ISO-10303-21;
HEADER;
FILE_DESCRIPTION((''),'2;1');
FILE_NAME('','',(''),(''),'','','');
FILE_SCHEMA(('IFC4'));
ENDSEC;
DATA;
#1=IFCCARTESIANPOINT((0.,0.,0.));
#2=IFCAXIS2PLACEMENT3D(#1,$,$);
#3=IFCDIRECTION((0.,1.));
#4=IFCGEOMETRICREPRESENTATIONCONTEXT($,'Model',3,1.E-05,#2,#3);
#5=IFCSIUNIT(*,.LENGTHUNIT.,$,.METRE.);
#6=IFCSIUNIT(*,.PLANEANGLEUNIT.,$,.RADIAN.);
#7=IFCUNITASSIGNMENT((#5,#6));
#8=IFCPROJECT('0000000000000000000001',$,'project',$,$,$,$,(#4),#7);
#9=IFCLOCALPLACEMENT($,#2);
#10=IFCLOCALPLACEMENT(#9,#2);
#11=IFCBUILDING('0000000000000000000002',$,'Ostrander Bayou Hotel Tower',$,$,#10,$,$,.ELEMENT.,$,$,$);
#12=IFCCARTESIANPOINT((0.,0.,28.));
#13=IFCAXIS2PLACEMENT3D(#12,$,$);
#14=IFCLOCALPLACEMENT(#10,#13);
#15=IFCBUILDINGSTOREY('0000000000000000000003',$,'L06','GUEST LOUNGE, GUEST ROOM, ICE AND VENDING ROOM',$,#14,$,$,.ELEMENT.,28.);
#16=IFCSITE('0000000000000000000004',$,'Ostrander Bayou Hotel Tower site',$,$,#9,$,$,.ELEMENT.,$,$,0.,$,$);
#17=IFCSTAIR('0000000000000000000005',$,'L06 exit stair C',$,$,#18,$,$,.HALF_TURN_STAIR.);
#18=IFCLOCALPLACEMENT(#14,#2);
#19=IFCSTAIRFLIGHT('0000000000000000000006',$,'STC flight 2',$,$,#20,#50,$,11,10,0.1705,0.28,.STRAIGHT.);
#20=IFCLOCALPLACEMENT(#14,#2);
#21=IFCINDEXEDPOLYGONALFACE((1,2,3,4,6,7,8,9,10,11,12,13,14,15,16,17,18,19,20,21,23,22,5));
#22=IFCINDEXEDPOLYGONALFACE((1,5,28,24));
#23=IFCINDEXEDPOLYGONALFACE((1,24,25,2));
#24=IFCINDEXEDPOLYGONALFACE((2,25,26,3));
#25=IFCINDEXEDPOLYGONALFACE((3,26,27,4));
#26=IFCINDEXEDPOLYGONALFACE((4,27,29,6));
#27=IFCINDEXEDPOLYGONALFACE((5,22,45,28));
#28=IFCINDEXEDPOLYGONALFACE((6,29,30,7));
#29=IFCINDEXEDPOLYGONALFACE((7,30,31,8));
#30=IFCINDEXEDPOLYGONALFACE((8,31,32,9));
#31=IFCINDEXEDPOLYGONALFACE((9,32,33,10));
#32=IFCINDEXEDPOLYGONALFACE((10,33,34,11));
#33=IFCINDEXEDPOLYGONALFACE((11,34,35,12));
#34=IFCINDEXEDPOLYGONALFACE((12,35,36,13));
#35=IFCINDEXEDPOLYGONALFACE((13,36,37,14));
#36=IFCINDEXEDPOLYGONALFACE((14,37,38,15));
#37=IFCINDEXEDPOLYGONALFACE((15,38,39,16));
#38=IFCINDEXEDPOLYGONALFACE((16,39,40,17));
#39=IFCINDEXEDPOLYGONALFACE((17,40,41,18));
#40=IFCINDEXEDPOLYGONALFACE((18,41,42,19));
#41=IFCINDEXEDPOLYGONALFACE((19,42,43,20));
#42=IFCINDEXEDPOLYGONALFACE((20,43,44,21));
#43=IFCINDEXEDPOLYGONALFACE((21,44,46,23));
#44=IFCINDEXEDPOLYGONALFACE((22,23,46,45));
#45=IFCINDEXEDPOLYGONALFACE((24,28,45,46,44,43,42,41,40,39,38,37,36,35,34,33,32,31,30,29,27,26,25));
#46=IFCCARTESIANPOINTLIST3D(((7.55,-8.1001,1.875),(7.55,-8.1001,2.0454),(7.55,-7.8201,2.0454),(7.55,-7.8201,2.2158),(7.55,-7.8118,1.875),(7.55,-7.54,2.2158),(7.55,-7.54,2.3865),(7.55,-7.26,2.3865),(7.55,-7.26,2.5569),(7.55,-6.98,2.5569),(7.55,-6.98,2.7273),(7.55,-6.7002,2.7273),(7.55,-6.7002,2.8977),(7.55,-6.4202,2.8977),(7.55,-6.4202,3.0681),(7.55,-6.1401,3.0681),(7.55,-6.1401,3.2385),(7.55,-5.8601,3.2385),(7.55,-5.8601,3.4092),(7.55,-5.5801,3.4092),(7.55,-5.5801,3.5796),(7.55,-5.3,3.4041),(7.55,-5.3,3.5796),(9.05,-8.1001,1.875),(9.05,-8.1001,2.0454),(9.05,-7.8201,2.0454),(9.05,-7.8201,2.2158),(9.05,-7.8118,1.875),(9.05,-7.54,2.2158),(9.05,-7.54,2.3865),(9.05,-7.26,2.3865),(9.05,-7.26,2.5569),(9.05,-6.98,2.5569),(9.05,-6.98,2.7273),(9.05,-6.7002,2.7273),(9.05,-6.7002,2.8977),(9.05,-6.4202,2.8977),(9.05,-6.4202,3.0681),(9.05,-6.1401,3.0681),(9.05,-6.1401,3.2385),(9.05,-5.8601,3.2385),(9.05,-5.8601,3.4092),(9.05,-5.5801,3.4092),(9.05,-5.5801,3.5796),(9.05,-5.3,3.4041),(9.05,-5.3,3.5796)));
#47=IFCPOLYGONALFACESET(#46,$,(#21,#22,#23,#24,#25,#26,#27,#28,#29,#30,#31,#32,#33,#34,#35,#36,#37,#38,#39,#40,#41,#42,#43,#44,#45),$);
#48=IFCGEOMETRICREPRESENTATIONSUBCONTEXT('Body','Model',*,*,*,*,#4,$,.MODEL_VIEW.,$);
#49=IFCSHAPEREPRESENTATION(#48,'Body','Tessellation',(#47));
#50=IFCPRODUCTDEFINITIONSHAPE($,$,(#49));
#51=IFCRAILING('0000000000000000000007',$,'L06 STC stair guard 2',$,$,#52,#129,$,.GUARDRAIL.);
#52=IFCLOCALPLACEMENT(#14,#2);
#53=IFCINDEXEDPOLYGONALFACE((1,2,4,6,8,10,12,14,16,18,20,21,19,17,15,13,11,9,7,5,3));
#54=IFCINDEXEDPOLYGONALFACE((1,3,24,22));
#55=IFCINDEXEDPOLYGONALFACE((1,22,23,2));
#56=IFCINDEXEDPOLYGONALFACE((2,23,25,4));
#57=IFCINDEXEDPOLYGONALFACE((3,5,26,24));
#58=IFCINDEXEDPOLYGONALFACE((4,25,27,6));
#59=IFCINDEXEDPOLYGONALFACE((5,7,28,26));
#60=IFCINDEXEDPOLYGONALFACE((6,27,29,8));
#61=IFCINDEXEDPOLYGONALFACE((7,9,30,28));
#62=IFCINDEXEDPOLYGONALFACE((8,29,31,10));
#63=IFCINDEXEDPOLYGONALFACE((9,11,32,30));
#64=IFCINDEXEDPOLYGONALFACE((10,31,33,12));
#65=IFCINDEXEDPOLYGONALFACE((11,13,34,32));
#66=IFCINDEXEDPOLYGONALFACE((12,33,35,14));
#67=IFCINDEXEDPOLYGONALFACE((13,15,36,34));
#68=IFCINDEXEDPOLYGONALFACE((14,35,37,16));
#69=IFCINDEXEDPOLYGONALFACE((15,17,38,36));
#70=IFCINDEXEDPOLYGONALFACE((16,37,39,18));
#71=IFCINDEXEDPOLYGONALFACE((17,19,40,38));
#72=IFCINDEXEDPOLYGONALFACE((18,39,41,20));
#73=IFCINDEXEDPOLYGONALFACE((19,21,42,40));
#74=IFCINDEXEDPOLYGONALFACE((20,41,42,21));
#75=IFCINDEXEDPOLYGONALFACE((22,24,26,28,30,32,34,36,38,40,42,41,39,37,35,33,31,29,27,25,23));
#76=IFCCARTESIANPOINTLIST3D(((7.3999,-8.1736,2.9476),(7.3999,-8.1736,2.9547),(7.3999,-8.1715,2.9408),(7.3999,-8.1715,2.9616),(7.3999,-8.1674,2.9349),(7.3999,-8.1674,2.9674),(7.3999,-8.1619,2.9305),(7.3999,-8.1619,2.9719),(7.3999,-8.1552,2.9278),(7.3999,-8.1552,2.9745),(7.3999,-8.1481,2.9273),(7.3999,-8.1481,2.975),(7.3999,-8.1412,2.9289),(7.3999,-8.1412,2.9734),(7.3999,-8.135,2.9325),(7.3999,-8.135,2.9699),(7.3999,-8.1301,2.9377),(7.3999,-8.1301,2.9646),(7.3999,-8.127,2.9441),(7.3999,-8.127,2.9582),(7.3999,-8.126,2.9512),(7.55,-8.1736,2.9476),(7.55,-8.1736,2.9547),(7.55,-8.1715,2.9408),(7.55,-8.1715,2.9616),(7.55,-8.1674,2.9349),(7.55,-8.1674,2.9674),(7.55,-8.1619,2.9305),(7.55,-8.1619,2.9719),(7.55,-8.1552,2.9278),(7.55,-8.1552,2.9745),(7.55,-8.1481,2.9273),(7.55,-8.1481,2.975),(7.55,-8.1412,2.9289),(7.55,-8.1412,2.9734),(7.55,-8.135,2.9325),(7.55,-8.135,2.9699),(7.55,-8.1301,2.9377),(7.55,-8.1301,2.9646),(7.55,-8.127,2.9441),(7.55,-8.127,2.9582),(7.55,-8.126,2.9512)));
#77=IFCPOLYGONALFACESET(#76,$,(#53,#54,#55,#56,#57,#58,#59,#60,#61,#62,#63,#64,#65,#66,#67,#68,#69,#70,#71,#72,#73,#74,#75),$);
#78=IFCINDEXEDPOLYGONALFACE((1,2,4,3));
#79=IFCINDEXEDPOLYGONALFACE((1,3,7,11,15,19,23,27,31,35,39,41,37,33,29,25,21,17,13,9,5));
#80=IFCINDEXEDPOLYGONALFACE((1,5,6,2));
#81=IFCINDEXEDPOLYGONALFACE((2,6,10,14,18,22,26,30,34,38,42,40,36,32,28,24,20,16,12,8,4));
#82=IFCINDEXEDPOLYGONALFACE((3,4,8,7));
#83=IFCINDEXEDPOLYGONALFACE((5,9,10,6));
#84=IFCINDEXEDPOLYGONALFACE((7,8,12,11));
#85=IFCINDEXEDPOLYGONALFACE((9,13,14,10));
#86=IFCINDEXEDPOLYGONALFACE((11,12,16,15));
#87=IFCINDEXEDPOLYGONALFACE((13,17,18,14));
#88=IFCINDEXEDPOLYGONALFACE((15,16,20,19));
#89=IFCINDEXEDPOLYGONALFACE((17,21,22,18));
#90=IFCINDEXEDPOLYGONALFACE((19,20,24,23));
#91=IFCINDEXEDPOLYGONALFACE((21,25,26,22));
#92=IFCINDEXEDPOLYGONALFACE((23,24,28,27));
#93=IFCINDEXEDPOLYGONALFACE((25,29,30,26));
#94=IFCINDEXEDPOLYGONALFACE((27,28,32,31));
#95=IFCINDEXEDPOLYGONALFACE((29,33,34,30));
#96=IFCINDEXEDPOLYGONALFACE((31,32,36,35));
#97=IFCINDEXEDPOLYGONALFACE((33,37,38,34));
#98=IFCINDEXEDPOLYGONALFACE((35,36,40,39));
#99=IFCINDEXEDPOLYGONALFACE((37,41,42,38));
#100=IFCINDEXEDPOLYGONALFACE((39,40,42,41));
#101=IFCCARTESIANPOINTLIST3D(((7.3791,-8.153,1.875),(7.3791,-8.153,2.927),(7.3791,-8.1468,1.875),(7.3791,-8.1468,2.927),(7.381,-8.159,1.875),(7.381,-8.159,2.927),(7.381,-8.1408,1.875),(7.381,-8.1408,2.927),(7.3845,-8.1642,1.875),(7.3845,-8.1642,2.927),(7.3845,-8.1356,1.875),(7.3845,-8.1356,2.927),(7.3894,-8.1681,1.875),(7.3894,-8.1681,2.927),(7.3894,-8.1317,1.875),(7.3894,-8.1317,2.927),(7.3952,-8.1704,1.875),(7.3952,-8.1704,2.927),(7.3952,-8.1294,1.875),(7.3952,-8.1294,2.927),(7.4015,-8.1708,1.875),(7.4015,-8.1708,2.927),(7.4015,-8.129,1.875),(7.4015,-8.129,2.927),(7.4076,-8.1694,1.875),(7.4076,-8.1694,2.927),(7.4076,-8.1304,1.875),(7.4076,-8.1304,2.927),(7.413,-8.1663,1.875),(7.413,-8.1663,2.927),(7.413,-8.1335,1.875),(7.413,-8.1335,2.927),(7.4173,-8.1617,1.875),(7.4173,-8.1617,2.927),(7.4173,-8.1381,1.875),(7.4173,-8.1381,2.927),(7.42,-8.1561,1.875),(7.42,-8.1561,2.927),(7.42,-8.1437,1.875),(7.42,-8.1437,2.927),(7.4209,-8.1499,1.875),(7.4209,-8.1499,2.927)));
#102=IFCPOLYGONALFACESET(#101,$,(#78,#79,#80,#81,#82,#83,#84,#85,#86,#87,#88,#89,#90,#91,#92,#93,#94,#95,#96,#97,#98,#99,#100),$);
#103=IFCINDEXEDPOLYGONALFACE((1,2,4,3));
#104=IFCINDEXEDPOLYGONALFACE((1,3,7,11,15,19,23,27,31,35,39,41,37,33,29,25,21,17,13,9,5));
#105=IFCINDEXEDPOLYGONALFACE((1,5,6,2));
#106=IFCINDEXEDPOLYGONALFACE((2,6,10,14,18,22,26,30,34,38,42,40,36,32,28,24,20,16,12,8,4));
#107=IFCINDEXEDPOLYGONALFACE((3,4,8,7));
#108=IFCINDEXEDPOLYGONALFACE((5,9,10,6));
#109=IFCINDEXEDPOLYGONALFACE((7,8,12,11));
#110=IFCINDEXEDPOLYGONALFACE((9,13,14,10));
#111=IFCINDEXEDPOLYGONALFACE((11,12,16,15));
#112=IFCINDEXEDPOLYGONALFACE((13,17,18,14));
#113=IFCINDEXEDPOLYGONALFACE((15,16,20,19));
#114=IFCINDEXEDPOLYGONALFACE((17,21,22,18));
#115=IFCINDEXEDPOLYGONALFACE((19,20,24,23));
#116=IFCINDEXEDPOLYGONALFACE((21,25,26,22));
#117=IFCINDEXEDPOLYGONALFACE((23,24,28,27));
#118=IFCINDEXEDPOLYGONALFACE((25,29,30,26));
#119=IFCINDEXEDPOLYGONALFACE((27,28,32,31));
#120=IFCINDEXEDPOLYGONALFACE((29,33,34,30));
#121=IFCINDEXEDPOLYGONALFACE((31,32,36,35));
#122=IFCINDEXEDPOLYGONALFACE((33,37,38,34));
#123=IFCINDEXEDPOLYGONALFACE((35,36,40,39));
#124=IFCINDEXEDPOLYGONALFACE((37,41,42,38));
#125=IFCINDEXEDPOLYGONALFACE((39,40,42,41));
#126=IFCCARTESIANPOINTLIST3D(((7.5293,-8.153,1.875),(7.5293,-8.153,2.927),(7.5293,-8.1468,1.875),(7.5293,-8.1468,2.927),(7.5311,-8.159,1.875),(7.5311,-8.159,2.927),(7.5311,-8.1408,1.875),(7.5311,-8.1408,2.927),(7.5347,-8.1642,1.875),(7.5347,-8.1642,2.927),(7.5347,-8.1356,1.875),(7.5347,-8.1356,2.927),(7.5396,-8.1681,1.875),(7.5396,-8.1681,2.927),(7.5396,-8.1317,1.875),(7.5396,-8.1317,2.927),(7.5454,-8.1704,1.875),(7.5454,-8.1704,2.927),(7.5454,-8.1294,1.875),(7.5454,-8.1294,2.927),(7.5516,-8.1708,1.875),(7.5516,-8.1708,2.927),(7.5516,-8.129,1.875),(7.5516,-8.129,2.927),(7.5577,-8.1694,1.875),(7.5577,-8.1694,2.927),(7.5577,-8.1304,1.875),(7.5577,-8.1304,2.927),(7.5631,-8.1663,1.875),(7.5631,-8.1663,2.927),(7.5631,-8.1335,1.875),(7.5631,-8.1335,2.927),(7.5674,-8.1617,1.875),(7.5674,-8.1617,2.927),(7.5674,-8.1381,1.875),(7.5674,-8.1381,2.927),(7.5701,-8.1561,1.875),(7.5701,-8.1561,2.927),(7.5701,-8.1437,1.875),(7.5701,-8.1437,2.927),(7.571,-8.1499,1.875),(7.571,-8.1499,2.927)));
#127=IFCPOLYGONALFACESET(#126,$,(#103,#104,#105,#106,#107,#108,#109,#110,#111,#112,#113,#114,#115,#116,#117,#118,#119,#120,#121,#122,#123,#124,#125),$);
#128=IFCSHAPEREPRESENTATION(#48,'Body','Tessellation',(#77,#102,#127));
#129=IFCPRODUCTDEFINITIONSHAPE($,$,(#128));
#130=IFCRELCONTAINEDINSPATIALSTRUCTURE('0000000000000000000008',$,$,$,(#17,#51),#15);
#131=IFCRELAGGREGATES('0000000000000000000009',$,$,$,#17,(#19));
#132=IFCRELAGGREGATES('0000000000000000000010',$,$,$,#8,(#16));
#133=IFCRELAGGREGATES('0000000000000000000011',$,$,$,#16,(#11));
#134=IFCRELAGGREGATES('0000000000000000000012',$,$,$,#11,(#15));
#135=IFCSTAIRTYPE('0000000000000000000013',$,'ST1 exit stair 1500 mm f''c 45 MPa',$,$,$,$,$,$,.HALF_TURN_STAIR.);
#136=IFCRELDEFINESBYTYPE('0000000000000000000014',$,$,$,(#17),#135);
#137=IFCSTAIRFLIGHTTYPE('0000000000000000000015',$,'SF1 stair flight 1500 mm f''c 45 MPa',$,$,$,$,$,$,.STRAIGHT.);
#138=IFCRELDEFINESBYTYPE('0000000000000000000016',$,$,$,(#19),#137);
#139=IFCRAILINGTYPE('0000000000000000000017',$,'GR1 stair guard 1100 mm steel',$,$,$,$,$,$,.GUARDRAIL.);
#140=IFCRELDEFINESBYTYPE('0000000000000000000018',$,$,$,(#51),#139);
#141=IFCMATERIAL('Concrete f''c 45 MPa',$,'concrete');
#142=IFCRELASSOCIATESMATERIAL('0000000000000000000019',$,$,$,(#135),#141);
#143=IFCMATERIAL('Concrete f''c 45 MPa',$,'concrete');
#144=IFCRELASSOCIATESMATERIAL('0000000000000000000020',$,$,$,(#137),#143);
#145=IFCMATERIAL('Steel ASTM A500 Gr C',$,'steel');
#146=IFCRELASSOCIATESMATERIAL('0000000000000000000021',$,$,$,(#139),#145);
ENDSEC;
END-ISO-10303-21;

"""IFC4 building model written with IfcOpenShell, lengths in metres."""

from ifc_helpers import new_model, si_unit, direction, frame, origin, origin_2d, place, context, subcontext, project, spatial, polyline, circle, outline, extrude, material, type_object, element, aggregate, save


model = new_model("IFC4")

# Units and contexts
model_context = context("Model", 3, precision=1e-05, world=origin(), true_north=direction((0.0, 1.0)))
body_context = subcontext(model_context, "Body", "Model", "MODEL_VIEW")
ifc_project = project(units=[si_unit("LENGTHUNIT", "METRE"), si_unit("PLANEANGLEUNIT", "RADIAN")], contexts=[model_context])

# Site, building, storey
site_placement = place(None, origin())
site = spatial("IfcSite", under=ifc_project, at=site_placement, Name="Ostrander Bayou Hotel Tower site", CompositionType="ELEMENT", RefElevation=0.0)
building_placement = place(site_placement, origin())
building = spatial("IfcBuilding", under=site, at=building_placement, Name="Ostrander Bayou Hotel Tower", CompositionType="ELEMENT")
storey_placement = place(building_placement, frame((0.0, 0.0, 28.0)))
storey = spatial("IfcBuildingStorey", under=building, at=storey_placement, Name="L06", Description="GUEST LOUNGE, GUEST ROOM, ICE AND VENDING ROOM", CompositionType="ELEMENT", Elevation=28.0)

# Stair, stair flight
ifc_material_1 = material(Name="Concrete f'c 45 MPa", Category="concrete")
stair_type = type_object("IfcStairType", Name="ST1 exit stair 1500 mm f'c 45 MPa", PredefinedType="HALF_TURN_STAIR", material=ifc_material_1)
stair_placement = place(storey_placement, origin())
stair = element("IfcStair", 1, at=stair_placement, inside=storey, type_object=stair_type, Name="L06 exit stair C", PredefinedType="HALF_TURN_STAIR")
ifc_material_2 = material(Name="Concrete f'c 45 MPa", Category="concrete")
stair_flight_type = type_object("IfcStairFlightType", Name="SF1 stair flight 1500 mm f'c 45 MPa", PredefinedType="STRAIGHT", material=ifc_material_2)
stair_flight_placement = place(storey_placement, frame((8.3, -8.1001, 1.875), z_axis=(0.0, 0.0, 1.0), x_axis=(0.0, 1.0, 0.0)))
stair_flight = element("IfcStairFlight", 2, at=stair_flight_placement, type_object=stair_flight_type, Name="STC flight 2", NumberOfRisers=11, NumberOfTreads=10, PredefinedType="STRAIGHT", RiserHeight=0.1705, TreadLength=0.28, context=body_context, shape_type="SweptSolid", body=[
    extrude(outline(polyline([(0.0, 0.0), (0.0, 0.1704), (0.28, 0.1704), (0.28, 0.3408), (0.5601, 0.3408), (0.5601, 0.5115), (0.8401, 0.5115), (0.8401, 0.6819), (1.1201, 0.6819), (1.1201, 0.8523), (1.3999, 0.8523), (1.3999, 1.0227), (1.6799, 1.0227), (1.6799, 1.1931), (1.96, 1.1931), (1.96, 1.3635), (2.24, 1.3635), (2.24, 1.5342), (2.52, 1.5342), (2.52, 1.7046), (2.8, 1.7046), (2.8, 1.875), (2.8, 1.5291), (0.2883, 0.0), (0.0, 0.0)])), frame((0.0, 0.75, 0.0), z_axis=(0.0, -1.0, 0.0), x_axis=(1.0, 0.0, 0.0)), (0.0, 0.0, 1.0), 1.5),
])
aggregate(stair, [stair_flight])

# Railing
ifc_material_3 = material(Name="Steel ASTM A500 Gr C", Category="steel")
railing_type = type_object("IfcRailingType", Name="GR1 stair guard 1100 mm steel", PredefinedType="GUARDRAIL", material=ifc_material_3)
railing_1_placement = place(storey_placement, frame((7.3999, -8.1499, 1.875)))
element("IfcRailing", 3, at=railing_1_placement, inside=storey, type_object=railing_type, Name="L06 STC stair guard 2", PredefinedType="GUARDRAIL", context=body_context, shape_type="SweptSolid", body=[
    extrude(circle(Radius=0.0239, at=origin_2d()), frame((0.0, 0.0, 1.0762), z_axis=(1.0, 0.0, 0.0), x_axis=(0.0, 1.0, 0.0)), (0.0, 0.0, 1.0), 0.1501),
    extrude(circle(Radius=0.021, at=origin_2d()), origin(), (0.0, 0.0, 1.0), 1.052),
    extrude(circle(Radius=0.021, at=origin_2d()), frame((0.1501, 0.0, 0.0)), (0.0, 0.0, 1.0), 1.052),
])

save(model, "model.ifc")
